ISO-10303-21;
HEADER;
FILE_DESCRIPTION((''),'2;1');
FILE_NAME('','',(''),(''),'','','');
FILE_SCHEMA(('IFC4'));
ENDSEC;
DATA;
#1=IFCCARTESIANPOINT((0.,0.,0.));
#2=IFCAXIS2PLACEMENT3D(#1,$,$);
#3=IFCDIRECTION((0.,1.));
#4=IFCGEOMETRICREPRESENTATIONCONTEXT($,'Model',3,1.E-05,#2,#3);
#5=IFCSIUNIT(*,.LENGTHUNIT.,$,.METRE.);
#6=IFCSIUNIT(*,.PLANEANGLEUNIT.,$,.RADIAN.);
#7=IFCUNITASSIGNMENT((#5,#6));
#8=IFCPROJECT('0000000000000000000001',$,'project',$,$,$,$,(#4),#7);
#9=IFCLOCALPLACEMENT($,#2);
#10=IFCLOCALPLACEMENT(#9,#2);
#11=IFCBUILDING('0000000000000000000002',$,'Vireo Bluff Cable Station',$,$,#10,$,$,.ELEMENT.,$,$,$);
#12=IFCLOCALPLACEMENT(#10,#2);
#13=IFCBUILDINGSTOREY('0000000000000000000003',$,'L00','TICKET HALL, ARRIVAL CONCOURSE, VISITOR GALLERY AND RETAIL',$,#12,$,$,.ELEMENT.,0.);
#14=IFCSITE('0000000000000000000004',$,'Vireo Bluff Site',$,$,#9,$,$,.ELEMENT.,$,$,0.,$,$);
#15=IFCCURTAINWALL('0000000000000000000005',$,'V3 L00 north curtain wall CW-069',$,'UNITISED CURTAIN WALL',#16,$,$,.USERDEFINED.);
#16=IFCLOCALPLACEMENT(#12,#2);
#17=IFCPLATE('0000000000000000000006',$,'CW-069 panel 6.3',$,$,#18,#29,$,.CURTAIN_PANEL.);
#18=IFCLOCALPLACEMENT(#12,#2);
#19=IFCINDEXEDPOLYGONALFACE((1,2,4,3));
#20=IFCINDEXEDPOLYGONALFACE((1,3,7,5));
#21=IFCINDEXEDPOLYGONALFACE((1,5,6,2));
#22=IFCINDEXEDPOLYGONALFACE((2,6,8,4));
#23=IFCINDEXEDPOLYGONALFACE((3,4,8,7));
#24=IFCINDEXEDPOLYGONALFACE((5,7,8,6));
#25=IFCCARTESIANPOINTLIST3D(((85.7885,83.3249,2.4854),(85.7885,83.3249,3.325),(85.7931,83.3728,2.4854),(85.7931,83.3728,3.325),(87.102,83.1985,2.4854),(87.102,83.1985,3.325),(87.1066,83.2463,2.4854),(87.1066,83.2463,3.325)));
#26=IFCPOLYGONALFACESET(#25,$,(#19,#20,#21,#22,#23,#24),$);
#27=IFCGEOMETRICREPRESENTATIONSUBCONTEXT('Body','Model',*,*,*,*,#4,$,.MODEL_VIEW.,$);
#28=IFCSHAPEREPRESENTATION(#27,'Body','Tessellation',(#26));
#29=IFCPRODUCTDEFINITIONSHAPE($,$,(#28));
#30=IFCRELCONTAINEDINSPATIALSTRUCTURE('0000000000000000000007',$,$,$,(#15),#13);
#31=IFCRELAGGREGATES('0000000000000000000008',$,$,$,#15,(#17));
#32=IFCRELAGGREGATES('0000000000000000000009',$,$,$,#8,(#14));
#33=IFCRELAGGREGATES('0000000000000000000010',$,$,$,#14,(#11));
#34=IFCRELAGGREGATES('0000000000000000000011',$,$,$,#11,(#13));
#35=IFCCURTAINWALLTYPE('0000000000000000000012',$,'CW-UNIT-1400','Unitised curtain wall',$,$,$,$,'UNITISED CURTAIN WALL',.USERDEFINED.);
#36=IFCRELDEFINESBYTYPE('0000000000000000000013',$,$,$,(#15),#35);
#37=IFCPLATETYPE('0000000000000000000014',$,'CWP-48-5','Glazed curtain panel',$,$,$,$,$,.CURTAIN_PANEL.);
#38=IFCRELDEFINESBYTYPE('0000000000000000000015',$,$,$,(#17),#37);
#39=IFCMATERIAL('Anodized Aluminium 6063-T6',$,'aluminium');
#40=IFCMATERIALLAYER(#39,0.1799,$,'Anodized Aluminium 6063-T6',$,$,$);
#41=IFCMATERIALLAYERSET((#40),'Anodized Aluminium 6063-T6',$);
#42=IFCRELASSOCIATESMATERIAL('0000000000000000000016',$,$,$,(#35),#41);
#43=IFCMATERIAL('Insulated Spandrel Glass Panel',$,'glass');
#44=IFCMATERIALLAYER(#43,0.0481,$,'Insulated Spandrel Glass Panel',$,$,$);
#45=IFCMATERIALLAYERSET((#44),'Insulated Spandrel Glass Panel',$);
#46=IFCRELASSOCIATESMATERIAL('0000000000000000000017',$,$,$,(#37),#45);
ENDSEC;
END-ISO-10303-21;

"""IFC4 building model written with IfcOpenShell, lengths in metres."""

from ifc_helpers import new_model, si_unit, direction, frame, origin, origin_2d, place, context, subcontext, project, spatial, rectangle, extrude, material, layer, layer_set, type_object, element, aggregate, save


model = new_model("IFC4")

# Units and contexts
model_context = context("Model", 3, precision=1e-05, world=origin(), true_north=direction((0.0, 1.0)))
body_context = subcontext(model_context, "Body", "Model", "MODEL_VIEW")
ifc_project = project(units=[si_unit("LENGTHUNIT", "METRE"), si_unit("PLANEANGLEUNIT", "RADIAN")], contexts=[model_context])

# Site, building, storey
site_placement = place(None, origin())
site = spatial("IfcSite", under=ifc_project, at=site_placement, Name="Vireo Bluff Site", CompositionType="ELEMENT", RefElevation=0.0)
building_placement = place(site_placement, origin())
building = spatial("IfcBuilding", under=site, at=building_placement, Name="Vireo Bluff Cable Station", CompositionType="ELEMENT")
storey_placement = place(building_placement, origin())
storey = spatial("IfcBuildingStorey", under=building, at=storey_placement, Name="L00", Description="TICKET HALL, ARRIVAL CONCOURSE, VISITOR GALLERY AND RETAIL", CompositionType="ELEMENT", Elevation=0.0)

# Curtain wall
ifc_material_1 = material(Name="Anodized Aluminium 6063-T6", Category="aluminium")
ifc_layer_1 = layer(ifc_material_1, 0.1799, Name="Anodized Aluminium 6063-T6")
ifc_layer_set_1 = layer_set([ifc_layer_1], Name="Anodized Aluminium 6063-T6")
curtain_wall_type = type_object("IfcCurtainWallType", Name="CW-UNIT-1400", Description="Unitised curtain wall", ElementType="UNITISED CURTAIN WALL", PredefinedType="USERDEFINED", material=ifc_layer_set_1)
curtain_wall_placement = place(storey_placement, origin())
curtain_wall = element("IfcCurtainWall", 1, at=curtain_wall_placement, inside=storey, type_object=curtain_wall_type, Name="V3 L00 north curtain wall CW-069", ObjectType="UNITISED CURTAIN WALL", PredefinedType="USERDEFINED")

# Plate
ifc_material_2 = material(Name="Insulated Spandrel Glass Panel", Category="glass")
ifc_layer_2 = layer(ifc_material_2, 0.0481, Name="Insulated Spandrel Glass Panel")
ifc_layer_set_2 = layer_set([ifc_layer_2], Name="Insulated Spandrel Glass Panel")
plate_type = type_object("IfcPlateType", Name="CWP-48-5", Description="Glazed curtain panel", PredefinedType="CURTAIN_PANEL", material=ifc_layer_set_2)
plate_1_placement = place(storey_placement, frame((86.4475, 83.2856, 2.4854), z_axis=(0.0, 0.0, 1.0), x_axis=(0.995396, -0.095846, 0.0)))
plate_1 = element("IfcPlate", 2, at=plate_1_placement, type_object=plate_type, Name="CW-069 panel 6.3", PredefinedType="CURTAIN_PANEL", context=body_context, shape_type="SweptSolid", body=[
    extrude(rectangle(XDim=1.3196, YDim=0.0481, at=origin_2d()), origin(), (0.0, 0.0, 1.0), 0.8396),
])
aggregate(curtain_wall, [plate_1])

save(model, "model.ifc")
